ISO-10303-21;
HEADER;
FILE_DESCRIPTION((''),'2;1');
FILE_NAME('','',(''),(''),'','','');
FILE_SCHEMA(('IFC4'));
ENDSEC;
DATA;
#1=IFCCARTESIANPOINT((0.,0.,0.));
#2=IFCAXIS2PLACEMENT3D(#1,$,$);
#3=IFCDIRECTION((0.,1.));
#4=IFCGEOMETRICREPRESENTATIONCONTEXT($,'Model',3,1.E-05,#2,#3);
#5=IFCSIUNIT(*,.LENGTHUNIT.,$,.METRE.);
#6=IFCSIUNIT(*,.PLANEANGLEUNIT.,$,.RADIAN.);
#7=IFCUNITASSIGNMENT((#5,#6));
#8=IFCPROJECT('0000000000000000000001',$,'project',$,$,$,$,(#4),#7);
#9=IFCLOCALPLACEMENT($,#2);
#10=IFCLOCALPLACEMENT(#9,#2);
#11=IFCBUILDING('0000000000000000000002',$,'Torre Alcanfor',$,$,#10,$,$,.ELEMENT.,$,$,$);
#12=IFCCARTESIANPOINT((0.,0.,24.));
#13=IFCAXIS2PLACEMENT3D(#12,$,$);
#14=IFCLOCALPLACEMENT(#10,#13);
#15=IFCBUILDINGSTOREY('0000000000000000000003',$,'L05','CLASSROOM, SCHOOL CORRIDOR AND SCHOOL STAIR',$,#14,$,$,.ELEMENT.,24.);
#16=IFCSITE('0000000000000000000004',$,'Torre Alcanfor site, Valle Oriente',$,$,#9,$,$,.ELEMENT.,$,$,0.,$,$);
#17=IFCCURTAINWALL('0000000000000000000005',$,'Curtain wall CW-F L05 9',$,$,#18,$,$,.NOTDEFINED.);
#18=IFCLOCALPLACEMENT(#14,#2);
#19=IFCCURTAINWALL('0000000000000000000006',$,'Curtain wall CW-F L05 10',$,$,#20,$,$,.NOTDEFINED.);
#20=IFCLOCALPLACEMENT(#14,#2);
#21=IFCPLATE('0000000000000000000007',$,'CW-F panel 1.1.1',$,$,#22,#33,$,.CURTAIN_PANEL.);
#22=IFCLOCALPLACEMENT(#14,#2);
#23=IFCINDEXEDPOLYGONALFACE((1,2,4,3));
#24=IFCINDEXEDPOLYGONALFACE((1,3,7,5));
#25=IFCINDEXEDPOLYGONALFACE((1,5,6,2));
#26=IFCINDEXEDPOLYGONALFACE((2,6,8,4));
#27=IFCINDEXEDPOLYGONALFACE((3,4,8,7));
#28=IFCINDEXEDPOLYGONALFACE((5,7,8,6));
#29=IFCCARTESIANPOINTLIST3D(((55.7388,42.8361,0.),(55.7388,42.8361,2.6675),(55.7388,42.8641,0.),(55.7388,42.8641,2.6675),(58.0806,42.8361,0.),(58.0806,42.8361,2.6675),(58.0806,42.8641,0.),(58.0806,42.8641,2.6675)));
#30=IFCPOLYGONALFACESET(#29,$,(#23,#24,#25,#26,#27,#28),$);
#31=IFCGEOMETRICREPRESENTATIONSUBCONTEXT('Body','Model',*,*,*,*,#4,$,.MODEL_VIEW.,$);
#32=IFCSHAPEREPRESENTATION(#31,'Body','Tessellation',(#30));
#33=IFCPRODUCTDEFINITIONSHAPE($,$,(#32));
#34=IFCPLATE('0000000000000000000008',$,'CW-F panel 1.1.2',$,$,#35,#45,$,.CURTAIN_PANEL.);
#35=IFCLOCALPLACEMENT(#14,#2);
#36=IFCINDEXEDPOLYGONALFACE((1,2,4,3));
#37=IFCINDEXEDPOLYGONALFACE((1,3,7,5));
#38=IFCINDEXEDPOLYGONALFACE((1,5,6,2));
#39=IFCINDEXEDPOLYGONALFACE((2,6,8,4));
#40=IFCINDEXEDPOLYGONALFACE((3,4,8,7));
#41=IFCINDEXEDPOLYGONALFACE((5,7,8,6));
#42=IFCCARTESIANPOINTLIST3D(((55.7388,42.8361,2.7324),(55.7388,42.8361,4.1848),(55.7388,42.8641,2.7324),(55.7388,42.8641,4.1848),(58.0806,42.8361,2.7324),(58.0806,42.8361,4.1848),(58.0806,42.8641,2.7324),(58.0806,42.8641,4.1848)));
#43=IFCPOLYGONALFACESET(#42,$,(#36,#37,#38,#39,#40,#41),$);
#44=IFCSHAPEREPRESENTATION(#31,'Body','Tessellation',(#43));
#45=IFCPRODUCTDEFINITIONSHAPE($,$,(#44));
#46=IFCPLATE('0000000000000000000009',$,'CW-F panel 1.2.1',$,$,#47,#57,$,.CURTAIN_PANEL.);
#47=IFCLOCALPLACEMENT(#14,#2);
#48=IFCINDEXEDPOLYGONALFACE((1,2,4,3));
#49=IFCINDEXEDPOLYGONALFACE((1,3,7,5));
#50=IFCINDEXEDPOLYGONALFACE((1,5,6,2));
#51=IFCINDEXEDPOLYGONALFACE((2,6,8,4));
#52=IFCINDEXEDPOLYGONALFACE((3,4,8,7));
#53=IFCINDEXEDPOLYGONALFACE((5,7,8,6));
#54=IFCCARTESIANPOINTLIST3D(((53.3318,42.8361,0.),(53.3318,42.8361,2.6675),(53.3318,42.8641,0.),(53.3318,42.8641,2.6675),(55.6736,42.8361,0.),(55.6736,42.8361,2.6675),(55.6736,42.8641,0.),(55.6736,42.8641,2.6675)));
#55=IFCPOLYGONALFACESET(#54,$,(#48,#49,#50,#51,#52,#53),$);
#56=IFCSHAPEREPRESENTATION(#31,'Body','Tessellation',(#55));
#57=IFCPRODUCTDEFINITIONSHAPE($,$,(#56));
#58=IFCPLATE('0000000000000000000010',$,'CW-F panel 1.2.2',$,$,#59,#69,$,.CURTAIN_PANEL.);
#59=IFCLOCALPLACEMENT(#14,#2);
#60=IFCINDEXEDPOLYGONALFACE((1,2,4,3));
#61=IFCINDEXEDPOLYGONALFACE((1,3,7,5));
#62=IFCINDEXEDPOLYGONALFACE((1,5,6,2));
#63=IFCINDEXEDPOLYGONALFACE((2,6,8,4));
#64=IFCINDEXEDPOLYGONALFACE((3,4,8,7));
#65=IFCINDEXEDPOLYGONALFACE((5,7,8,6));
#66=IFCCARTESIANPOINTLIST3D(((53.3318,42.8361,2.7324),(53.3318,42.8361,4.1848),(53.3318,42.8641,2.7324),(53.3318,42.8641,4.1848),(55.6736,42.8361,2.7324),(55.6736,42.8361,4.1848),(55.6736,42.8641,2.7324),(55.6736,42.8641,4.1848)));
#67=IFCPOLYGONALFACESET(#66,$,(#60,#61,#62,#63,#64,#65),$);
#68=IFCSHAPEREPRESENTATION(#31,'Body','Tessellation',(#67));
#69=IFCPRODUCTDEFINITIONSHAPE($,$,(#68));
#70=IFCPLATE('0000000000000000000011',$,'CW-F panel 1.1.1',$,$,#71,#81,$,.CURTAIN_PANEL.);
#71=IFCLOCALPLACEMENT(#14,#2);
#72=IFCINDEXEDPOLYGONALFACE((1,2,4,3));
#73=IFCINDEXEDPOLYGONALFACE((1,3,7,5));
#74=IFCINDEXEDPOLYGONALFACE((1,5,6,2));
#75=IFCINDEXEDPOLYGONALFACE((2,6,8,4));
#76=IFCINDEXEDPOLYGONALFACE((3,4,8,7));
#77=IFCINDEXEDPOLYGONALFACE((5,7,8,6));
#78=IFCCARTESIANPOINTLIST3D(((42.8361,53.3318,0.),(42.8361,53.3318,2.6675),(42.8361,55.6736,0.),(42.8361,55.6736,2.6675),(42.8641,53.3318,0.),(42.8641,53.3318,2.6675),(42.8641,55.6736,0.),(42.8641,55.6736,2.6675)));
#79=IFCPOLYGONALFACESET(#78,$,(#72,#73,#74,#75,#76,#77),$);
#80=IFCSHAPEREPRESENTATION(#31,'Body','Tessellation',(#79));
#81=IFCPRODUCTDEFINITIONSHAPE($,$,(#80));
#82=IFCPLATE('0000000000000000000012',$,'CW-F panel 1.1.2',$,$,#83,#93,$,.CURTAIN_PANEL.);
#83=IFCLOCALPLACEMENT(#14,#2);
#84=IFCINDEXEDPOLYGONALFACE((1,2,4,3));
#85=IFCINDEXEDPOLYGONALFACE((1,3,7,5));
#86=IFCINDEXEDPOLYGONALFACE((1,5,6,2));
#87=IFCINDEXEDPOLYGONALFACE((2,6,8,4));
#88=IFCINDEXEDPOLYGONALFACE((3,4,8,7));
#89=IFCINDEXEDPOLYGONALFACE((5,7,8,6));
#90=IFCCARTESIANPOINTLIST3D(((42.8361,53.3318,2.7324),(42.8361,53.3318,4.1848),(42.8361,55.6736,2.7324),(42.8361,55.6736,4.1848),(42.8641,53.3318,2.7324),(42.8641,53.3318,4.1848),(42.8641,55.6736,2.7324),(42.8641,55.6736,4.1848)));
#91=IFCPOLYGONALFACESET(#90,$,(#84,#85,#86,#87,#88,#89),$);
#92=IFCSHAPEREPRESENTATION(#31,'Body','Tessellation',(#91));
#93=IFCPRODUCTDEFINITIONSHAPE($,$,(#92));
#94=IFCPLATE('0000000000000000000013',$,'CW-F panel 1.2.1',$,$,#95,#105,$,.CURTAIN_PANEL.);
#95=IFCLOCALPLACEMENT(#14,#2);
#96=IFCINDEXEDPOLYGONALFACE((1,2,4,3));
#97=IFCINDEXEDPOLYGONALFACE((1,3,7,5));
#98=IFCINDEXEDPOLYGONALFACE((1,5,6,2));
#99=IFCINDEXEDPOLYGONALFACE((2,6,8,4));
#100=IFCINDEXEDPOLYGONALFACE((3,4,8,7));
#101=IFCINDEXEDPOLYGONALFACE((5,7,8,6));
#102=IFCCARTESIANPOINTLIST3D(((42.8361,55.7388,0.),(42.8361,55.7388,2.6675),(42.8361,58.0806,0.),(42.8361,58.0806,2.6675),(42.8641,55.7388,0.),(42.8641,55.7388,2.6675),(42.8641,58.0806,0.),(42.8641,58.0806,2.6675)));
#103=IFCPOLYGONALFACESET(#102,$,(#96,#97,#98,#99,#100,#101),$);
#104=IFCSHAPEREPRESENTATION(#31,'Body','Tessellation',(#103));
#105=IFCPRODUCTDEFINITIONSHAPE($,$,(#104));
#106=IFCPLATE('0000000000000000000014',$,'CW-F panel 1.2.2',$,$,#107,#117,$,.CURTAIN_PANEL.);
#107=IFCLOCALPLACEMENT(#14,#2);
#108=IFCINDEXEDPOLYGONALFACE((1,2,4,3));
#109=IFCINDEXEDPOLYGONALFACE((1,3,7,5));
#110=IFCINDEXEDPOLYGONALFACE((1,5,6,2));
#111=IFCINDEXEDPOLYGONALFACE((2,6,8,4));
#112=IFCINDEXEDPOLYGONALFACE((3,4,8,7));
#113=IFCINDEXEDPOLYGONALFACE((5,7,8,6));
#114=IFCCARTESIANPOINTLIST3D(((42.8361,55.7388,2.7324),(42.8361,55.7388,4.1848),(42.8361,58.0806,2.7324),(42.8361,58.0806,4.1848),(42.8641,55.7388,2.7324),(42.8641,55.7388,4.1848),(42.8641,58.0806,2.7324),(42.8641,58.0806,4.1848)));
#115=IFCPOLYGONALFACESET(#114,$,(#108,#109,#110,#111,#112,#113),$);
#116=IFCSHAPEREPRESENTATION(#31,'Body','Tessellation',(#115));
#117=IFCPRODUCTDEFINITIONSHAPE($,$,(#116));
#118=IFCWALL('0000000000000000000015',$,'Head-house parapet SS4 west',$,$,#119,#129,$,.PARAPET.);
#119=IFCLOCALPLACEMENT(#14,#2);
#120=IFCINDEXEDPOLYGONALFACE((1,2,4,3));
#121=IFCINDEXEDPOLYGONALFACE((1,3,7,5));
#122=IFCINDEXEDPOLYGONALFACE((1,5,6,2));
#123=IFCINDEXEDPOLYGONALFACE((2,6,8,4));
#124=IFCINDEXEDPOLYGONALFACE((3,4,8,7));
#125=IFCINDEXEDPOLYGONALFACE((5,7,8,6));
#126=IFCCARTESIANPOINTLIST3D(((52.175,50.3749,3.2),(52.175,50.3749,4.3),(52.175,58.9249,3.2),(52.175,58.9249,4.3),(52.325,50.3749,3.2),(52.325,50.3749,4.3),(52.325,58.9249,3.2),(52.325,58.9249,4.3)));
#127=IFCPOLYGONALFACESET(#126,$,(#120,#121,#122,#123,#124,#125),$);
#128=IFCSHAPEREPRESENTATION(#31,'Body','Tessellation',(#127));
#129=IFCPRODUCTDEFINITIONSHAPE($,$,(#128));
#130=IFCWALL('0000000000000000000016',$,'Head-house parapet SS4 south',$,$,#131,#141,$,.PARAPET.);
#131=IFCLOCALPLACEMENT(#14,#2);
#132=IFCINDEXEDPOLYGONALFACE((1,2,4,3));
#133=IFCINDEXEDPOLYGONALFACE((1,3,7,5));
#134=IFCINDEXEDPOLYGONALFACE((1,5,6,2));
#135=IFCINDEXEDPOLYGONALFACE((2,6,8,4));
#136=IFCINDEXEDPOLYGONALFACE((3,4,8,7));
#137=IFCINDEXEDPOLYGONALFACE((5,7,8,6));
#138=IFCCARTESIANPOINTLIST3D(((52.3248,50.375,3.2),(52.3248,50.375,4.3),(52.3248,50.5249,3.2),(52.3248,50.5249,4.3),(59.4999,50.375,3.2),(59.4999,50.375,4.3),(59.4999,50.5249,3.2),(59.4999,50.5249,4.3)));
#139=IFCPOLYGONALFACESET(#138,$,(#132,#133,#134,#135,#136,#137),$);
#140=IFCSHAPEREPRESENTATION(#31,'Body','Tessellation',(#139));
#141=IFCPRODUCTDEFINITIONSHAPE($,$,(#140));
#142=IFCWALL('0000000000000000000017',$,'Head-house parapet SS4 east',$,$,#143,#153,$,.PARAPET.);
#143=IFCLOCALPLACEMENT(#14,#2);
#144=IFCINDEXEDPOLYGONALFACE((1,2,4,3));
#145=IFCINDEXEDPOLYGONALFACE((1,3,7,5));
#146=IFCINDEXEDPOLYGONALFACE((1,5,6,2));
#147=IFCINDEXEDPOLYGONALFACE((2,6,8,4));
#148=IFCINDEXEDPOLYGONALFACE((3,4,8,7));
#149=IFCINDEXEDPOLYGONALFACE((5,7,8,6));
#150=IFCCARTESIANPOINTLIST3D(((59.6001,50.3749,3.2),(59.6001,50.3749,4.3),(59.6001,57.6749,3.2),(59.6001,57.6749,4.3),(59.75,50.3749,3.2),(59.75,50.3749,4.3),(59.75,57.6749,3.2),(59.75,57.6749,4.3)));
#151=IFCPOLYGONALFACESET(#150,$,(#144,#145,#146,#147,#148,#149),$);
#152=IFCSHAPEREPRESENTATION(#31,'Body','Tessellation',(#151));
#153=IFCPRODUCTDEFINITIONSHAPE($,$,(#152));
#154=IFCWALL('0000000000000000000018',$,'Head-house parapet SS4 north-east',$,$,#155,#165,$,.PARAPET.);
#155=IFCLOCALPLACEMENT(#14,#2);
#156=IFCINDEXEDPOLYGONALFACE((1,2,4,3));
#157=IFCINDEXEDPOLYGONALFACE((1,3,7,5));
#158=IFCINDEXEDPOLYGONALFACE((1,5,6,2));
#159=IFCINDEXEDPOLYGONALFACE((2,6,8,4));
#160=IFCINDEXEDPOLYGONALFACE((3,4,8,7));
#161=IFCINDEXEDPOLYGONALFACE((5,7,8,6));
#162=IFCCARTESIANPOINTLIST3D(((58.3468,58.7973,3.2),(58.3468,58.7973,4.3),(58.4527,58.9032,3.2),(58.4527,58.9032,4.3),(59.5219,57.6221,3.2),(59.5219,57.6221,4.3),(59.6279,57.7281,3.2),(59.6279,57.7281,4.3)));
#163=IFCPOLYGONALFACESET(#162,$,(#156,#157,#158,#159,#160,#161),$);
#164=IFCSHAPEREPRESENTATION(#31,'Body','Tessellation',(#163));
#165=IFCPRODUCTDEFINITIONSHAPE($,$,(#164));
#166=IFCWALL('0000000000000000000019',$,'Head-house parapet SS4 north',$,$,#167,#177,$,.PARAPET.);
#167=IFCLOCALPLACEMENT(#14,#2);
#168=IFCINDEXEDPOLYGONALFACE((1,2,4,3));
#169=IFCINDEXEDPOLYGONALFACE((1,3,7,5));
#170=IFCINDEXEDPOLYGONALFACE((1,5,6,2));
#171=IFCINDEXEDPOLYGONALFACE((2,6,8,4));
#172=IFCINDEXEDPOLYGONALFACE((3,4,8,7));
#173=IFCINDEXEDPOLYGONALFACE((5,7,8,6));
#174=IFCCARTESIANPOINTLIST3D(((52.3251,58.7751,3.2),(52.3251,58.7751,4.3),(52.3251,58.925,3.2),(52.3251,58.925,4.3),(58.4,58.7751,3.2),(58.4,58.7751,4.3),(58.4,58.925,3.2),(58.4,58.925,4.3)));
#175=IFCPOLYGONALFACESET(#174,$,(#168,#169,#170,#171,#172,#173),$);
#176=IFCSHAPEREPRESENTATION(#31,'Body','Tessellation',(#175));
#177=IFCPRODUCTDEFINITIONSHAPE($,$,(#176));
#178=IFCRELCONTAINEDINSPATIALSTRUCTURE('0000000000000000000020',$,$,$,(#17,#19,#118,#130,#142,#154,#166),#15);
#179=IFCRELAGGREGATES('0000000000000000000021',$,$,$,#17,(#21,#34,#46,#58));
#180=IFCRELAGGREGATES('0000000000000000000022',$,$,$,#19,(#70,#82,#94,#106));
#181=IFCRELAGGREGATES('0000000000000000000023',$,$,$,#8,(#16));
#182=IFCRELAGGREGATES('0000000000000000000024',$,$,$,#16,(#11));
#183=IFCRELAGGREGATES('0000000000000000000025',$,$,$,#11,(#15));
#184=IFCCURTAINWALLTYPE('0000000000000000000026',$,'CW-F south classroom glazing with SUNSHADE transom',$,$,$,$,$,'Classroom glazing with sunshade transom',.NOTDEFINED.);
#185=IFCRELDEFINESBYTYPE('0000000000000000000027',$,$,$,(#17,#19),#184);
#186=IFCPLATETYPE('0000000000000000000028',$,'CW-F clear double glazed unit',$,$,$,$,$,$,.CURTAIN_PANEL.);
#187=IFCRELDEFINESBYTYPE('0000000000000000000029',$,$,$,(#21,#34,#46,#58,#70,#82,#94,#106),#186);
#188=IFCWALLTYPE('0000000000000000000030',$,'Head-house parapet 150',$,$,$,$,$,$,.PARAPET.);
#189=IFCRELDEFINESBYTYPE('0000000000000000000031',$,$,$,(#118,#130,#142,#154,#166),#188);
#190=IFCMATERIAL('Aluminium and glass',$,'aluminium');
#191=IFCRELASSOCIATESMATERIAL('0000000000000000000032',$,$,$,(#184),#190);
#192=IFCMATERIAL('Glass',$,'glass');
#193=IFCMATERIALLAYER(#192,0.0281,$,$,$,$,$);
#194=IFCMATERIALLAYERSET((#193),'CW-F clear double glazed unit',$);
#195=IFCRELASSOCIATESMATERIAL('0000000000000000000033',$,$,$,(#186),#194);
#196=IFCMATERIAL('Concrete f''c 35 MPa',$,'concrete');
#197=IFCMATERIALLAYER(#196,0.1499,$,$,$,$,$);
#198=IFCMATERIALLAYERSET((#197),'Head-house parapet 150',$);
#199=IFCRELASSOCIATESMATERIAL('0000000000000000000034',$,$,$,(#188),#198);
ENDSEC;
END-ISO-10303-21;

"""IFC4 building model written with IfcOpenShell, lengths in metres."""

from ifc_helpers import new_model, si_unit, direction, frame, frame_2d, origin, origin_2d, place, context, subcontext, project, spatial, rectangle, extrude, material, layer, layer_set, type_object, element, aggregate, save


model = new_model("IFC4")

# Units and contexts
model_context = context("Model", 3, precision=1e-05, world=origin(), true_north=direction((0.0, 1.0)))
body_context = subcontext(model_context, "Body", "Model", "MODEL_VIEW")
ifc_project = project(units=[si_unit("LENGTHUNIT", "METRE"), si_unit("PLANEANGLEUNIT", "RADIAN")], contexts=[model_context])

# Site, building, storey
site_placement = place(None, origin())
site = spatial("IfcSite", under=ifc_project, at=site_placement, Name="Torre Alcanfor site, Valle Oriente", CompositionType="ELEMENT", RefElevation=0.0)
building_placement = place(site_placement, origin())
building = spatial("IfcBuilding", under=site, at=building_placement, Name="Torre Alcanfor", CompositionType="ELEMENT")
storey_placement = place(building_placement, frame((0.0, 0.0, 24.0)))
storey = spatial("IfcBuildingStorey", under=building, at=storey_placement, Name="L05", Description="CLASSROOM, SCHOOL CORRIDOR AND SCHOOL STAIR", CompositionType="ELEMENT", Elevation=24.0)

# Curtain walls
ifc_material_1 = material(Name="Aluminium and glass", Category="aluminium")
curtain_wall_type = type_object("IfcCurtainWallType", Name="CW-F south classroom glazing with SUNSHADE transom", ElementType="Classroom glazing with sunshade transom", PredefinedType="NOTDEFINED", material=ifc_material_1)
curtain_wall_1_placement = place(storey_placement, origin())
curtain_wall_1 = element("IfcCurtainWall", 1, at=curtain_wall_1_placement, inside=storey, type_object=curtain_wall_type, Name="Curtain wall CW-F L05 9", PredefinedType="NOTDEFINED")
curtain_wall_2_placement = place(storey_placement, origin())
curtain_wall_2 = element("IfcCurtainWall", 2, at=curtain_wall_2_placement, inside=storey, type_object=curtain_wall_type, Name="Curtain wall CW-F L05 10", PredefinedType="NOTDEFINED")

# Plates
ifc_material_2 = material(Name="Glass", Category="glass")
ifc_layer_1 = layer(ifc_material_2, 0.0281)
ifc_layer_set_1 = layer_set([ifc_layer_1], Name="CW-F clear double glazed unit")
plate_type = type_object("IfcPlateType", Name="CW-F clear double glazed unit", PredefinedType="CURTAIN_PANEL", material=ifc_layer_set_1)
plate_1_placement = place(storey_placement, frame((56.9097, 42.8501, 0.0), z_axis=(0.0, 0.0, 1.0), x_axis=(-1.0, 0.0, 0.0)))
plate_1 = element("IfcPlate", 3, at=plate_1_placement, type_object=plate_type, Name="CW-F panel 1.1.1", PredefinedType="CURTAIN_PANEL", context=body_context, shape_type="SweptSolid", body=[
    extrude(rectangle(XDim=2.3418, YDim=0.0281, at=origin_2d()), origin(), (0.0, 0.0, 1.0), 2.6675),
])
plate_2_placement = place(storey_placement, frame((56.9097, 42.8501, 2.7324), z_axis=(0.0, 0.0, 1.0), x_axis=(-1.0, 0.0, 0.0)))
plate_2 = element("IfcPlate", 4, at=plate_2_placement, type_object=plate_type, Name="CW-F panel 1.1.2", PredefinedType="CURTAIN_PANEL", context=body_context, shape_type="SweptSolid", body=[
    extrude(rectangle(XDim=2.3418, YDim=0.0281, at=origin_2d()), origin(), (0.0, 0.0, 1.0), 1.4524),
])
plate_3_placement = place(storey_placement, frame((54.5027, 42.8501, 0.0), z_axis=(0.0, 0.0, 1.0), x_axis=(-1.0, 0.0, 0.0)))
plate_3 = element("IfcPlate", 5, at=plate_3_placement, type_object=plate_type, Name="CW-F panel 1.2.1", PredefinedType="CURTAIN_PANEL", context=body_context, shape_type="SweptSolid", body=[
    extrude(rectangle(XDim=2.3418, YDim=0.0281, at=origin_2d()), origin(), (0.0, 0.0, 1.0), 2.6675),
])
plate_4_placement = place(storey_placement, frame((54.5027, 42.8501, 2.7324), z_axis=(0.0, 0.0, 1.0), x_axis=(-1.0, 0.0, 0.0)))
plate_4 = element("IfcPlate", 6, at=plate_4_placement, type_object=plate_type, Name="CW-F panel 1.2.2", PredefinedType="CURTAIN_PANEL", context=body_context, shape_type="SweptSolid", body=[
    extrude(rectangle(XDim=2.3418, YDim=0.0281, at=origin_2d()), origin(), (0.0, 0.0, 1.0), 1.4524),
])
aggregate(curtain_wall_1, [plate_1, plate_2, plate_3, plate_4])
plate_5_placement = place(storey_placement, frame((42.8501, 54.5027, 0.0), z_axis=(0.0, 0.0, 1.0), x_axis=(0.0, 1.0, 0.0)))
plate_5 = element("IfcPlate", 7, at=plate_5_placement, type_object=plate_type, Name="CW-F panel 1.1.1", PredefinedType="CURTAIN_PANEL", context=body_context, shape_type="SweptSolid", body=[
    extrude(rectangle(XDim=2.3418, YDim=0.0281, at=origin_2d()), origin(), (0.0, 0.0, 1.0), 2.6675),
])
plate_6_placement = place(storey_placement, frame((42.8501, 54.5027, 2.7324), z_axis=(0.0, 0.0, 1.0), x_axis=(0.0, 1.0, 0.0)))
plate_6 = element("IfcPlate", 8, at=plate_6_placement, type_object=plate_type, Name="CW-F panel 1.1.2", PredefinedType="CURTAIN_PANEL", context=body_context, shape_type="SweptSolid", body=[
    extrude(rectangle(XDim=2.3418, YDim=0.0281, at=origin_2d()), origin(), (0.0, 0.0, 1.0), 1.4524),
])
plate_7_placement = place(storey_placement, frame((42.8501, 56.9097, 0.0), z_axis=(0.0, 0.0, 1.0), x_axis=(0.0, 1.0, 0.0)))
plate_7 = element("IfcPlate", 9, at=plate_7_placement, type_object=plate_type, Name="CW-F panel 1.2.1", PredefinedType="CURTAIN_PANEL", context=body_context, shape_type="SweptSolid", body=[
    extrude(rectangle(XDim=2.3418, YDim=0.0281, at=origin_2d()), origin(), (0.0, 0.0, 1.0), 2.6675),
])
plate_8_placement = place(storey_placement, frame((42.8501, 56.9097, 2.7324), z_axis=(0.0, 0.0, 1.0), x_axis=(0.0, 1.0, 0.0)))
plate_8 = element("IfcPlate", 10, at=plate_8_placement, type_object=plate_type, Name="CW-F panel 1.2.2", PredefinedType="CURTAIN_PANEL", context=body_context, shape_type="SweptSolid", body=[
    extrude(rectangle(XDim=2.3418, YDim=0.0281, at=origin_2d()), origin(), (0.0, 0.0, 1.0), 1.4524),
])
aggregate(curtain_wall_2, [plate_5, plate_6, plate_7, plate_8])

# Walls
ifc_material_3 = material(Name="Concrete f'c 35 MPa", Category="concrete")
ifc_layer_2 = layer(ifc_material_3, 0.1499)
ifc_layer_set_2 = layer_set([ifc_layer_2], Name="Head-house parapet 150")
wall_type_1 = type_object("IfcWallType", Name="Head-house parapet 150", PredefinedType="PARAPET", material=ifc_layer_set_2)
wall_1_placement = place(storey_placement, frame((52.25, 50.375, 3.2), z_axis=(0.0, 0.0, 1.0), x_axis=(0.0, 1.0, 0.0)))
element("IfcWall", 11, at=wall_1_placement, inside=storey, type_object=wall_type_1, Name="Head-house parapet SS4 west", PredefinedType="PARAPET", context=body_context, shape_type="SweptSolid", body=[
    extrude(rectangle(XDim=8.55, YDim=0.1499, at=frame_2d((4.2749, 0.0))), origin(), (0.0, 0.0, 1.0), 1.1001),
])
wall_2_placement = place(storey_placement, frame((52.325, 50.45, 3.2), z_axis=(0.0, 0.0, 1.0), x_axis=(1.0, 0.0, 0.0)))
element("IfcWall", 12, at=wall_2_placement, inside=storey, type_object=wall_type_1, Name="Head-house parapet SS4 south", PredefinedType="PARAPET", context=body_context, shape_type="SweptSolid", body=[
    extrude(rectangle(XDim=7.175, YDim=0.1499, at=frame_2d((3.5874, 0.0))), origin(), (0.0, 0.0, 1.0), 1.1001),
])
wall_3_placement = place(storey_placement, frame((59.675, 50.375, 3.2), z_axis=(0.0, 0.0, 1.0), x_axis=(0.0, 1.0, 0.0)))
element("IfcWall", 13, at=wall_3_placement, inside=storey, type_object=wall_type_1, Name="Head-house parapet SS4 east", PredefinedType="PARAPET", context=body_context, shape_type="SweptSolid", body=[
    extrude(rectangle(XDim=7.3, YDim=0.1499, at=frame_2d((3.6499, 0.0))), origin(), (0.0, 0.0, 1.0), 1.1001),
])
wall_4_placement = place(storey_placement, frame((59.575, 57.675, 3.2), z_axis=(0.0, 0.0, 1.0), x_axis=(-0.707107, 0.707107, 0.0)))
element("IfcWall", 14, at=wall_4_placement, inside=storey, type_object=wall_type_1, Name="Head-house parapet SS4 north-east", PredefinedType="PARAPET", context=body_context, shape_type="SweptSolid", body=[
    extrude(rectangle(XDim=1.6619, YDim=0.1499, at=frame_2d((0.8311, 0.0))), origin(), (0.0, 0.0, 1.0), 1.1001),
])
wall_5_placement = place(storey_placement, frame((52.325, 58.8501, 3.2), z_axis=(0.0, 0.0, 1.0), x_axis=(1.0, 0.0, 0.0)))
element("IfcWall", 15, at=wall_5_placement, inside=storey, type_object=wall_type_1, Name="Head-house parapet SS4 north", PredefinedType="PARAPET", context=body_context, shape_type="SweptSolid", body=[
    extrude(rectangle(XDim=6.075, YDim=0.1499, at=frame_2d((3.0376, 0.0))), origin(), (0.0, 0.0, 1.0), 1.1001),
])

save(model, "model.ifc")
